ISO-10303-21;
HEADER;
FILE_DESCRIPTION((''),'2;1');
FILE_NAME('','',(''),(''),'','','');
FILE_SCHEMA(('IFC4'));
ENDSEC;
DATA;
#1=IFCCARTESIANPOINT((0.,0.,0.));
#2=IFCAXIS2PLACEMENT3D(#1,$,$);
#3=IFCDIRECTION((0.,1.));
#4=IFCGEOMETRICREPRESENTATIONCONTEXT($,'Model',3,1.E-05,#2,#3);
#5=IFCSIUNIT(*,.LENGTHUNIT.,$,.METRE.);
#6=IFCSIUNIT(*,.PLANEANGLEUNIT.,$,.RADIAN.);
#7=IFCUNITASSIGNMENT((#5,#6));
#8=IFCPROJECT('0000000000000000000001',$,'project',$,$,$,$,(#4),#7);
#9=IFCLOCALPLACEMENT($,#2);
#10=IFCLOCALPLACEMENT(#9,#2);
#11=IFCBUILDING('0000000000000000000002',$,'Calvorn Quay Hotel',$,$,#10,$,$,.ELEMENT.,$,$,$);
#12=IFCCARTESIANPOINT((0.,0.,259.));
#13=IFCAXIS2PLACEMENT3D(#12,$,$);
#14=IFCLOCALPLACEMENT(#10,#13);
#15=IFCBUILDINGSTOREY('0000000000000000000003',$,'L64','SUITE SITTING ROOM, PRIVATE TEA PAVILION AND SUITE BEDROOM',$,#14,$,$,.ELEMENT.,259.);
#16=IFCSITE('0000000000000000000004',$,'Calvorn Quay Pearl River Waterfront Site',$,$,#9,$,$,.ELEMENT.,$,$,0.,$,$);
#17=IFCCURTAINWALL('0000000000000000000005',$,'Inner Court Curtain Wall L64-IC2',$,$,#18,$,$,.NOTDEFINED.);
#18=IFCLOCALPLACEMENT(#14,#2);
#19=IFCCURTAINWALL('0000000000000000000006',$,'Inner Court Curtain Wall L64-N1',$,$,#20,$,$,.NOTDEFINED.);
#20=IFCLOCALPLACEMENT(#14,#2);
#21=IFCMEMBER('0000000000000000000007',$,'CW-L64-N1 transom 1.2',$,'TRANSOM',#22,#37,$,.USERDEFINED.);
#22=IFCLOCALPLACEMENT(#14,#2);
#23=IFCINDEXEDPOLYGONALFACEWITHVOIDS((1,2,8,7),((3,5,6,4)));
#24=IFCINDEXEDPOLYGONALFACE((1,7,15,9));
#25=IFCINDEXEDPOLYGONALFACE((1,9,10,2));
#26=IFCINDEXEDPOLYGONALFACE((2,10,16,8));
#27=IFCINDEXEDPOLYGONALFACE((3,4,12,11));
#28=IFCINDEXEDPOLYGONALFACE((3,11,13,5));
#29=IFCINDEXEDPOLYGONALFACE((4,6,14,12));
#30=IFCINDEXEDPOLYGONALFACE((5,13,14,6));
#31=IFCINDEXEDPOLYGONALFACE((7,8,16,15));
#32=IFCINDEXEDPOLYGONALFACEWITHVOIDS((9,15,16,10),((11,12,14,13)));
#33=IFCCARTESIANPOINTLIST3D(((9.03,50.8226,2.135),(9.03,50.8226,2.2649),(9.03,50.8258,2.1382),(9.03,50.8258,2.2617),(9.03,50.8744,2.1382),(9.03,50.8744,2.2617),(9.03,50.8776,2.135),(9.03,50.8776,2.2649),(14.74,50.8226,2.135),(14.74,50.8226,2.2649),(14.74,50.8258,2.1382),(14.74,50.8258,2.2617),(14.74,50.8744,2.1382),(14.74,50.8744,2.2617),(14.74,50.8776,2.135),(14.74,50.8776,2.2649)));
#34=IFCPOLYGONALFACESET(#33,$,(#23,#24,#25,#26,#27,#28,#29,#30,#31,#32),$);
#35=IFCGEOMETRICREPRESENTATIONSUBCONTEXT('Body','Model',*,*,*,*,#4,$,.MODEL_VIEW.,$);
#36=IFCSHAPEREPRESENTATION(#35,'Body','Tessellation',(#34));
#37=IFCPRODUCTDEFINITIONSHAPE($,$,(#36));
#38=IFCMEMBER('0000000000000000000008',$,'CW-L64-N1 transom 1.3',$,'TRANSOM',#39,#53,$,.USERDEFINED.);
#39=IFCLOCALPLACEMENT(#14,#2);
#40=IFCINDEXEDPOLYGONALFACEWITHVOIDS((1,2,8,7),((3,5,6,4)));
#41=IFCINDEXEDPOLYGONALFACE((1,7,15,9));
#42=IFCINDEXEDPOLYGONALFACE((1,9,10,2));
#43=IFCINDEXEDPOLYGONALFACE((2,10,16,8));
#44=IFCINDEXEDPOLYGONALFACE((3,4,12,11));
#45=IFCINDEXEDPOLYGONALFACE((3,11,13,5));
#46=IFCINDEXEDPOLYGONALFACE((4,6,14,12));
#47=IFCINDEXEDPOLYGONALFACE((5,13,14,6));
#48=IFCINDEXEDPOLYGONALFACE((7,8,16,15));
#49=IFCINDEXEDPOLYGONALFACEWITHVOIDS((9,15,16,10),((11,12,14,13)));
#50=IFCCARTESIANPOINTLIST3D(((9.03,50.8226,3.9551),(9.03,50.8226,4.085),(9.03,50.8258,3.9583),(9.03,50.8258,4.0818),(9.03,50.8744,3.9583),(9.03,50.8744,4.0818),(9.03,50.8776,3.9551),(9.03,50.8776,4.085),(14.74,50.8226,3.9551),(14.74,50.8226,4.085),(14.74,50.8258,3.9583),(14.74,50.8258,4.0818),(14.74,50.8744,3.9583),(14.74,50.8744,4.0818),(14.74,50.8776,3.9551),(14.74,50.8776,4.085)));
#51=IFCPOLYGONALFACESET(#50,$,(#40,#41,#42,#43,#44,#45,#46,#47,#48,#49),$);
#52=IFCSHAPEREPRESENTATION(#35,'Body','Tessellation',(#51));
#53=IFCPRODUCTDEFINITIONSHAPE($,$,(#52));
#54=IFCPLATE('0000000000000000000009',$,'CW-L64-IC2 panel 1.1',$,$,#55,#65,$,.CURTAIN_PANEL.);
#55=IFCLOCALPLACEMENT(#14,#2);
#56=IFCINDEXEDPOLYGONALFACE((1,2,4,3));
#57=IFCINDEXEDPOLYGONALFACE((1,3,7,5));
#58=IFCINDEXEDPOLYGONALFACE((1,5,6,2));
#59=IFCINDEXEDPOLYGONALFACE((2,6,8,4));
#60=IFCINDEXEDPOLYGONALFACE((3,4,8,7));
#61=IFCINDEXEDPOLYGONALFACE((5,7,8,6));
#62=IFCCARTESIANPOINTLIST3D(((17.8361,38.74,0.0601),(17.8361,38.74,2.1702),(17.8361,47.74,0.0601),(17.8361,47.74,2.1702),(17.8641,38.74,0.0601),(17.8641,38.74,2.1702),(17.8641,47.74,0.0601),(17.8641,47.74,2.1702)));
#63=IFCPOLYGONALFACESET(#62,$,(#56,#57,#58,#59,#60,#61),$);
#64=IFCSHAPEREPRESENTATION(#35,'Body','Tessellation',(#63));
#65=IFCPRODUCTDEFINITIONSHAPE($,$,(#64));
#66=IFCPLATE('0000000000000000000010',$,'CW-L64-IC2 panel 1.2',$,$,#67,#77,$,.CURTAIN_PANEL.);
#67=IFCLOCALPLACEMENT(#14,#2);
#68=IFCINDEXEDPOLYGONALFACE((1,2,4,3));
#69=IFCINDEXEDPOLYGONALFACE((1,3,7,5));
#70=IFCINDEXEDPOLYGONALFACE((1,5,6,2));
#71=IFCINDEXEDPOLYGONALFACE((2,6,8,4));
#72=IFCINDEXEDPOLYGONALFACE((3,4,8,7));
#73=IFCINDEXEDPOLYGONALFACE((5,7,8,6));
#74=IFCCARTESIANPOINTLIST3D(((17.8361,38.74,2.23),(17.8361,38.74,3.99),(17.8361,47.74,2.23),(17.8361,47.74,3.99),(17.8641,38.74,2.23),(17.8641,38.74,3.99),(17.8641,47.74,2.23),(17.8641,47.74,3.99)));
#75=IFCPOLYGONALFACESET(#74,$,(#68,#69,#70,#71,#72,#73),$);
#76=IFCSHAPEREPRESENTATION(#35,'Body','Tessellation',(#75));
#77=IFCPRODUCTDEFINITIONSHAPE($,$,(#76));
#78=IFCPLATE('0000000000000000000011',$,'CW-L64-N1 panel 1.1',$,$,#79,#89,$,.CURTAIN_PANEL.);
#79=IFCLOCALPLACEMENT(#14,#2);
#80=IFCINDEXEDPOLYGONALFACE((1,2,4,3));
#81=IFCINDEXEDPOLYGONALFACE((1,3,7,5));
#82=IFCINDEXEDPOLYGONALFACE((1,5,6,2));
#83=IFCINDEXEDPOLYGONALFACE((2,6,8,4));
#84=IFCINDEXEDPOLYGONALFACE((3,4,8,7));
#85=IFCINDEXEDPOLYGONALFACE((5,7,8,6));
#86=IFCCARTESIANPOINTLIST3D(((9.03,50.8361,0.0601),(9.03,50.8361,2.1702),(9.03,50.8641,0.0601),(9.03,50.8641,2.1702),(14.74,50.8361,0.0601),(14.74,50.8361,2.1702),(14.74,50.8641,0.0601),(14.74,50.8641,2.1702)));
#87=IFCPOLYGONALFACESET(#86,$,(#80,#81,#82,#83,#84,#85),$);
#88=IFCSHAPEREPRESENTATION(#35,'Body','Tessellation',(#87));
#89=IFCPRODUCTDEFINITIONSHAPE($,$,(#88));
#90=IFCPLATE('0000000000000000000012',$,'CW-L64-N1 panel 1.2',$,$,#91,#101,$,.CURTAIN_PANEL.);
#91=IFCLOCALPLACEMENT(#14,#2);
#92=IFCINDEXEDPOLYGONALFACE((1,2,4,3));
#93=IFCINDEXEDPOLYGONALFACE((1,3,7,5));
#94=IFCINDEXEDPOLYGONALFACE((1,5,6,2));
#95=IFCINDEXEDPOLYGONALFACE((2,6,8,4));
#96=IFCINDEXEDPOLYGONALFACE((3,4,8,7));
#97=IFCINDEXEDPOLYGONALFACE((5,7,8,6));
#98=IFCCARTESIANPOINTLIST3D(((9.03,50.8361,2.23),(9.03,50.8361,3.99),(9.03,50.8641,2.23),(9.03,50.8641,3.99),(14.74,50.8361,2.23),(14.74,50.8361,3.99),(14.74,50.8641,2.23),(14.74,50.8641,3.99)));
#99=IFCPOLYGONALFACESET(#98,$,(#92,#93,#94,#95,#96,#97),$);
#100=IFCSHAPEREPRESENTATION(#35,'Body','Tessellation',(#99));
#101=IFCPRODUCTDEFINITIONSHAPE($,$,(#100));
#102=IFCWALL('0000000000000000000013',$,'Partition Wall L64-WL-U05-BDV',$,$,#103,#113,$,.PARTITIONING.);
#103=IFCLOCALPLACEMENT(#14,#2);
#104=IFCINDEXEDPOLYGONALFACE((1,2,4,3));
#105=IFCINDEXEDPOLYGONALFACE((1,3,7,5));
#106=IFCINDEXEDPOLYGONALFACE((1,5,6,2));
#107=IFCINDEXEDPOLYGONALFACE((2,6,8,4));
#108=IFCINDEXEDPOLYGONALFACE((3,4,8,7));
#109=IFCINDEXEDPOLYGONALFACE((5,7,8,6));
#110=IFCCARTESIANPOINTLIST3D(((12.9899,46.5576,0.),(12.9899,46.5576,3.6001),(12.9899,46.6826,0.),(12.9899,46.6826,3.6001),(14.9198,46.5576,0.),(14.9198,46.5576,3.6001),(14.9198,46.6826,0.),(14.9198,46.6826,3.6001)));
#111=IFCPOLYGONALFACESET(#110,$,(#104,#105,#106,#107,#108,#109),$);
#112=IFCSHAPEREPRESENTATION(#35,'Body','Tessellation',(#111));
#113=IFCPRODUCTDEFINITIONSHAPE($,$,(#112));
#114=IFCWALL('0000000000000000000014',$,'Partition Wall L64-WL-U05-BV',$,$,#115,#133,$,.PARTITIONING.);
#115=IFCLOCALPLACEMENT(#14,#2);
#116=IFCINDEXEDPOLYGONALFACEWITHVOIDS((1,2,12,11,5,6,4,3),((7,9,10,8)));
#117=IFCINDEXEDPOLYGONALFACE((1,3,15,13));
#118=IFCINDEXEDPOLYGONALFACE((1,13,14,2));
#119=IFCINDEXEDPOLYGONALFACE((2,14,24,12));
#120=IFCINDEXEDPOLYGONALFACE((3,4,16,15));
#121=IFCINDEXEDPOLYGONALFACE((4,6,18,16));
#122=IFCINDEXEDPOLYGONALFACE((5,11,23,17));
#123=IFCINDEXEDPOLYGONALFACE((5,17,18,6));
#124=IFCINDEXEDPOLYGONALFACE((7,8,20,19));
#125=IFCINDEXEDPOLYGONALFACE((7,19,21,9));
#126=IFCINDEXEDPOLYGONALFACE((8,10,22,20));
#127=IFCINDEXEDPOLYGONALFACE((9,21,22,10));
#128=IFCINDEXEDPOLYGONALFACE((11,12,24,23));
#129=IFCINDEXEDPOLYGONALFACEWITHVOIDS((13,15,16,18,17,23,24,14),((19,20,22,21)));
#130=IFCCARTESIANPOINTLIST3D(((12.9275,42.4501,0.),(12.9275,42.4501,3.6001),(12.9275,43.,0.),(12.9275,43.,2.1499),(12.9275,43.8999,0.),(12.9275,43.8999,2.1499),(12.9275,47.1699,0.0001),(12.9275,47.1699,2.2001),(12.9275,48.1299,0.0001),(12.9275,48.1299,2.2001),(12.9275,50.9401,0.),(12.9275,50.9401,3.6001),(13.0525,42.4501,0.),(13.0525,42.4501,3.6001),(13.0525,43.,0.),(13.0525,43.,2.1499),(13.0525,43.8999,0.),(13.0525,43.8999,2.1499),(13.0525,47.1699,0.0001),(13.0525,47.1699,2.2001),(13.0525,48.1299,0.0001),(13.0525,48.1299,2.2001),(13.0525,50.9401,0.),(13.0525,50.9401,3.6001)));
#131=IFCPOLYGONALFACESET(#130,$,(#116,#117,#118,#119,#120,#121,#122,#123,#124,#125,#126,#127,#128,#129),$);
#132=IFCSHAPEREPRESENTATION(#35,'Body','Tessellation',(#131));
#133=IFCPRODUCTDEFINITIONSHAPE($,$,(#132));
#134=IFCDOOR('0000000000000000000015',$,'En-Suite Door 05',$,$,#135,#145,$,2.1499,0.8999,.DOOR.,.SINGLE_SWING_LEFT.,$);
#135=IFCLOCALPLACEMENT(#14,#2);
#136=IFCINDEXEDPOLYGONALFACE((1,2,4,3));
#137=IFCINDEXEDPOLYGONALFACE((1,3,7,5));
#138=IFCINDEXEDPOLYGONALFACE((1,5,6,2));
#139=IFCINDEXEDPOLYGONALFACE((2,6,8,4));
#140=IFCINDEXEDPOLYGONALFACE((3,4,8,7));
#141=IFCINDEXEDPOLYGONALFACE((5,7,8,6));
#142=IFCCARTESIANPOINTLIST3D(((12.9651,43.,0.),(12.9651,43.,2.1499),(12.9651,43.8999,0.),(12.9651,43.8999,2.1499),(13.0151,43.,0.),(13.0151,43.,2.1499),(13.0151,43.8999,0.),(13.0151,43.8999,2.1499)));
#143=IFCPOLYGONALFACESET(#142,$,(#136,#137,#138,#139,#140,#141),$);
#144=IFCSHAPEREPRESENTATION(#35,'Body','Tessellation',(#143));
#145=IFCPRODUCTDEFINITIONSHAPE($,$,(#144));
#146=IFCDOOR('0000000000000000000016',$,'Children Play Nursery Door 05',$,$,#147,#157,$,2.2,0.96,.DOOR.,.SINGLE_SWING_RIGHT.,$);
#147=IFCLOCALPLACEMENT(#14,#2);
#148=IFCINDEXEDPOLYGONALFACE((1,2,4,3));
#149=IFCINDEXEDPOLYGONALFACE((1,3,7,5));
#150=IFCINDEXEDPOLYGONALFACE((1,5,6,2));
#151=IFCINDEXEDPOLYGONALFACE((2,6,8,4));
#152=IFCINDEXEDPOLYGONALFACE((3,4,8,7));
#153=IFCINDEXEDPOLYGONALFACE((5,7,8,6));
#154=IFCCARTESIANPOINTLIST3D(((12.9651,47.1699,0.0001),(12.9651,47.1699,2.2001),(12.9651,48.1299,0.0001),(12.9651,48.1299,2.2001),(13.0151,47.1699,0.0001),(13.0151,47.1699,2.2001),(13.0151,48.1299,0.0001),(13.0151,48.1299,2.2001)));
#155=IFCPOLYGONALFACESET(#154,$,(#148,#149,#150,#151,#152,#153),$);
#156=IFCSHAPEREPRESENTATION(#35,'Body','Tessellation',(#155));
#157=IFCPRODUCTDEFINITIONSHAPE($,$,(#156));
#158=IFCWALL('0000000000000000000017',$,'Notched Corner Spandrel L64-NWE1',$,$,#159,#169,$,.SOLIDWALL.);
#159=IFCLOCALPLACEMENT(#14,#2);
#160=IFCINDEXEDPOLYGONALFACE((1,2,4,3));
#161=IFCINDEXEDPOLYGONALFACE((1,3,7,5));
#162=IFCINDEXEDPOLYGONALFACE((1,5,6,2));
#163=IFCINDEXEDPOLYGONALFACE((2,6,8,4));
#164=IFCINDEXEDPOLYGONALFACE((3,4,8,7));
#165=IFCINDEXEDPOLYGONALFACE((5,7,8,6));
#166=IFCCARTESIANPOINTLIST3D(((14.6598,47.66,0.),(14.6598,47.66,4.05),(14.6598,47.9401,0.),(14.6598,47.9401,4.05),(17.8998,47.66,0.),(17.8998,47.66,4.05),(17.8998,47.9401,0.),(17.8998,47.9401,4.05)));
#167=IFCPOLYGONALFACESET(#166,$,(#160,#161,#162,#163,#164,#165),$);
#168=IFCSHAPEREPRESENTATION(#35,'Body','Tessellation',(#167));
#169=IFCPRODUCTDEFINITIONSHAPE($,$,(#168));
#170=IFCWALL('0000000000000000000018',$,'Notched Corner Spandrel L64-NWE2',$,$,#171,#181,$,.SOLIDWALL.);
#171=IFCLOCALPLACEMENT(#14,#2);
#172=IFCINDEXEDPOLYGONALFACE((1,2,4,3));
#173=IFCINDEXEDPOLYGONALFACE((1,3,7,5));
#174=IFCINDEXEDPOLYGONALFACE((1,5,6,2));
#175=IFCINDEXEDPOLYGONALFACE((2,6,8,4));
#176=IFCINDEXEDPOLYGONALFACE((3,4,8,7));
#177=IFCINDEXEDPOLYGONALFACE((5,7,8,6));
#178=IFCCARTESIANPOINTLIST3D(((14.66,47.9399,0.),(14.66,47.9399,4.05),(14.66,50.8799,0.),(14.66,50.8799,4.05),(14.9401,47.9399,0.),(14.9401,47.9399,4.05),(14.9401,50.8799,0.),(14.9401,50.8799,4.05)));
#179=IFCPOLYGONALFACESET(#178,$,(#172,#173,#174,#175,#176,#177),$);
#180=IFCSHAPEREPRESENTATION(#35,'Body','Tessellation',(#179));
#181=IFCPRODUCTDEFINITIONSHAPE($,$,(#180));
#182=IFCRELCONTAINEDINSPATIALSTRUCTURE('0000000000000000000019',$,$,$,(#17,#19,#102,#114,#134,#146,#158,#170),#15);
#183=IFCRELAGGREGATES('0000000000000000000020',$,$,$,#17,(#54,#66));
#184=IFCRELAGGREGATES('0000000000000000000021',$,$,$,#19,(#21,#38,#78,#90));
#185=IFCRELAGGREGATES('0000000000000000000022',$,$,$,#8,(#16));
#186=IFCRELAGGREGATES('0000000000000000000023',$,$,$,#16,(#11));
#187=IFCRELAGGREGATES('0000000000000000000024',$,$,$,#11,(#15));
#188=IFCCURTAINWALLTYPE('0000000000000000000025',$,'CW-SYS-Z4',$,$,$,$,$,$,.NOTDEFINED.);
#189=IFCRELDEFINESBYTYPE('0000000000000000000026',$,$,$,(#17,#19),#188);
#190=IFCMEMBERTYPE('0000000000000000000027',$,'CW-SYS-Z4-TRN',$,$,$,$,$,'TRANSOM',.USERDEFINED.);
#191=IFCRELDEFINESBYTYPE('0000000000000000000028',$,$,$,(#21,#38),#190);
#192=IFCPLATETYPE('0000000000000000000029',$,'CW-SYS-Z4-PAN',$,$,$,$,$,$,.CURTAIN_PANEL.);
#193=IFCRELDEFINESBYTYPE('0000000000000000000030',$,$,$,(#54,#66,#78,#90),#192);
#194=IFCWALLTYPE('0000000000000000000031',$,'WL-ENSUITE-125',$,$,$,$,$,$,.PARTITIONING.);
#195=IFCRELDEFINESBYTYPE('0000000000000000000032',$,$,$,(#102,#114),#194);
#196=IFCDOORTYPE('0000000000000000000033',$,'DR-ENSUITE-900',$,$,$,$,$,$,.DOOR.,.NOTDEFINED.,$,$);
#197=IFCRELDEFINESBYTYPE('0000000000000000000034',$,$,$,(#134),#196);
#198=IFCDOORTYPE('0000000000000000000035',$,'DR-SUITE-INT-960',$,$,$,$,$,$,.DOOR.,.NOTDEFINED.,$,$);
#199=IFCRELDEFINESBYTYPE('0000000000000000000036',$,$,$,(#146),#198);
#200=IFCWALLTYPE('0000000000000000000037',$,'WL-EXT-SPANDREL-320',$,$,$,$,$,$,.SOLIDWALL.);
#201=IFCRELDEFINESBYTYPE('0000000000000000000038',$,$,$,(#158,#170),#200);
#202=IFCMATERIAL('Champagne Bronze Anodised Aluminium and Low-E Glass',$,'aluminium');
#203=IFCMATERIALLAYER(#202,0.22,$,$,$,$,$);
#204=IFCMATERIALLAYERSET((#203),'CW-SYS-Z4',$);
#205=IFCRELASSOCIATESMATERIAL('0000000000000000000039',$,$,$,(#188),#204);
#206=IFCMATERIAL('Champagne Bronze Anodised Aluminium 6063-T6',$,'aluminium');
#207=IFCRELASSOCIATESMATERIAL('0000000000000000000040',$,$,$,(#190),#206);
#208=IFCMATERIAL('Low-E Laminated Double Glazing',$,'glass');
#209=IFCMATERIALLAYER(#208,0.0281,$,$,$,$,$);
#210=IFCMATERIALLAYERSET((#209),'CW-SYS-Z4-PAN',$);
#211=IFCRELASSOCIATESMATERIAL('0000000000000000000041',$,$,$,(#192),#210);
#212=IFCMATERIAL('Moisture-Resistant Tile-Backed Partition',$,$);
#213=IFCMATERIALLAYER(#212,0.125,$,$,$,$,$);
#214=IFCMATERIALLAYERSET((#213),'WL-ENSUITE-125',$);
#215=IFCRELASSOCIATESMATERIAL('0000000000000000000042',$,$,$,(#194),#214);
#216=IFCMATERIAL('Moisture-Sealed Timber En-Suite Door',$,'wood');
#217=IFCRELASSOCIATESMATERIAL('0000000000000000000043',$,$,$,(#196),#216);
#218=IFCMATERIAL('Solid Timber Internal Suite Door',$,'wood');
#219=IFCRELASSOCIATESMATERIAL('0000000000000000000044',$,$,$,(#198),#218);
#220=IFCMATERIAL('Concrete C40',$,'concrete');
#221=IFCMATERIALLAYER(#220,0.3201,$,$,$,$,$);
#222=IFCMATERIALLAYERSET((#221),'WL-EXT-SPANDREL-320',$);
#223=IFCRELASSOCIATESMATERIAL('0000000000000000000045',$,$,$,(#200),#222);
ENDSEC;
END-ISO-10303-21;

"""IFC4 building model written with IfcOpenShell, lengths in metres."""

from ifc_helpers import new_model, si_unit, direction, frame, frame_2d, origin, origin_2d, place, context, subcontext, project, spatial, rectangle, hollow_rectangle, extrude, material, layer, layer_set, material_profile, profile_set, type_object, element, fill, aggregate, save


model = new_model("IFC4")

# Units and contexts
model_context = context("Model", 3, precision=1e-05, world=origin(), true_north=direction((0.0, 1.0)))
body_context = subcontext(model_context, "Body", "Model", "MODEL_VIEW")
ifc_project = project(units=[si_unit("LENGTHUNIT", "METRE"), si_unit("PLANEANGLEUNIT", "RADIAN")], contexts=[model_context])

# Site, building, storey
site_placement = place(None, origin())
site = spatial("IfcSite", under=ifc_project, at=site_placement, Name="Calvorn Quay Pearl River Waterfront Site", CompositionType="ELEMENT", RefElevation=0.0)
building_placement = place(site_placement, origin())
building = spatial("IfcBuilding", under=site, at=building_placement, Name="Calvorn Quay Hotel", CompositionType="ELEMENT")
storey_placement = place(building_placement, frame((0.0, 0.0, 259.0)))
storey = spatial("IfcBuildingStorey", under=building, at=storey_placement, Name="L64", Description="SUITE SITTING ROOM, PRIVATE TEA PAVILION AND SUITE BEDROOM", CompositionType="ELEMENT", Elevation=259.0)

# Curtain walls
ifc_material_1 = material(Name="Champagne Bronze Anodised Aluminium and Low-E Glass", Category="aluminium")
ifc_layer_1 = layer(ifc_material_1, 0.22)
ifc_layer_set_1 = layer_set([ifc_layer_1], Name="CW-SYS-Z4")
curtain_wall_type = type_object("IfcCurtainWallType", Name="CW-SYS-Z4", PredefinedType="NOTDEFINED", material=ifc_layer_set_1)
curtain_wall_1_placement = place(storey_placement, origin())
curtain_wall_1 = element("IfcCurtainWall", 1, at=curtain_wall_1_placement, inside=storey, type_object=curtain_wall_type, Name="Inner Court Curtain Wall L64-IC2", PredefinedType="NOTDEFINED")
curtain_wall_2_placement = place(storey_placement, origin())
curtain_wall_2 = element("IfcCurtainWall", 2, at=curtain_wall_2_placement, inside=storey, type_object=curtain_wall_type, Name="Inner Court Curtain Wall L64-N1", PredefinedType="NOTDEFINED")

# Members
ifc_material_2 = material(Name="Champagne Bronze Anodised Aluminium 6063-T6", Category="aluminium")
ifc_material_profile_1 = material_profile(ifc_material_2, hollow_rectangle(XDim=0.0549, YDim=0.1299, WallThickness=0.0032, at=origin_2d()), Name="ALU-T130x55x3.2")
ifc_profile_set_1 = profile_set([ifc_material_profile_1], Name="Champagne Bronze Anodised Aluminium 6063-T6")
member_type_1 = type_object("IfcMemberType", Name="CW-SYS-Z4-TRN", ElementType="TRANSOM", PredefinedType="USERDEFINED", material=ifc_profile_set_1)
member_1_placement = place(storey_placement, frame((14.74, 50.8501, 2.2), z_axis=(-1.0, 0.0, 0.0), x_axis=(0.0, -1.0, 0.0)))
member_1 = element("IfcMember", 3, at=member_1_placement, type_object=member_type_1, Name="CW-L64-N1 transom 1.2", ObjectType="TRANSOM", PredefinedType="USERDEFINED", context=body_context, shape_type="SweptSolid", body=[
    extrude(hollow_rectangle(XDim=0.0549, YDim=0.1299, WallThickness=0.0032, at=origin_2d()), origin(), (0.0, 0.0, 1.0), 5.71),
])
member_2_placement = place(storey_placement, frame((14.74, 50.8501, 4.02), z_axis=(-1.0, 0.0, 0.0), x_axis=(0.0, -1.0, 0.0)))
member_2 = element("IfcMember", 4, at=member_2_placement, type_object=member_type_1, Name="CW-L64-N1 transom 1.3", ObjectType="TRANSOM", PredefinedType="USERDEFINED", context=body_context, shape_type="SweptSolid", body=[
    extrude(hollow_rectangle(XDim=0.0549, YDim=0.1299, WallThickness=0.0032, at=origin_2d()), origin(), (0.0, 0.0, 1.0), 5.71),
])

# Plates
ifc_material_3 = material(Name="Low-E Laminated Double Glazing", Category="glass")
ifc_layer_2 = layer(ifc_material_3, 0.0281)
ifc_layer_set_2 = layer_set([ifc_layer_2], Name="CW-SYS-Z4-PAN")
plate_type = type_object("IfcPlateType", Name="CW-SYS-Z4-PAN", PredefinedType="CURTAIN_PANEL", material=ifc_layer_set_2)
plate_1_placement = place(storey_placement, frame((17.8501, 43.24, 0.0601), z_axis=(0.0, 0.0, 1.0), x_axis=(0.0, 1.0, 0.0)))
plate_1 = element("IfcPlate", 5, at=plate_1_placement, type_object=plate_type, Name="CW-L64-IC2 panel 1.1", PredefinedType="CURTAIN_PANEL", context=body_context, shape_type="SweptSolid", body=[
    extrude(rectangle(XDim=9.0, YDim=0.0281, at=origin_2d()), origin(), (0.0, 0.0, 1.0), 2.1101),
])
plate_2_placement = place(storey_placement, frame((17.8501, 43.24, 2.23), z_axis=(0.0, 0.0, 1.0), x_axis=(0.0, 1.0, 0.0)))
plate_2 = element("IfcPlate", 6, at=plate_2_placement, type_object=plate_type, Name="CW-L64-IC2 panel 1.2", PredefinedType="CURTAIN_PANEL", context=body_context, shape_type="SweptSolid", body=[
    extrude(rectangle(XDim=9.0, YDim=0.0281, at=origin_2d()), origin(), (0.0, 0.0, 1.0), 1.76),
])
aggregate(curtain_wall_1, [plate_1, plate_2])
plate_3_placement = place(storey_placement, frame((11.885, 50.8501, 0.0601), z_axis=(0.0, 0.0, 1.0), x_axis=(-1.0, 0.0, 0.0)))
plate_3 = element("IfcPlate", 7, at=plate_3_placement, type_object=plate_type, Name="CW-L64-N1 panel 1.1", PredefinedType="CURTAIN_PANEL", context=body_context, shape_type="SweptSolid", body=[
    extrude(rectangle(XDim=5.71, YDim=0.0281, at=origin_2d()), origin(), (0.0, 0.0, 1.0), 2.1101),
])
plate_4_placement = place(storey_placement, frame((11.885, 50.8501, 2.23), z_axis=(0.0, 0.0, 1.0), x_axis=(-1.0, 0.0, 0.0)))
plate_4 = element("IfcPlate", 8, at=plate_4_placement, type_object=plate_type, Name="CW-L64-N1 panel 1.2", PredefinedType="CURTAIN_PANEL", context=body_context, shape_type="SweptSolid", body=[
    extrude(rectangle(XDim=5.71, YDim=0.0281, at=origin_2d()), origin(), (0.0, 0.0, 1.0), 1.76),
])
aggregate(curtain_wall_2, [member_1, member_2, plate_3, plate_4])

# Wall
ifc_material_4 = material(Name="Moisture-Resistant Tile-Backed Partition")
ifc_layer_3 = layer(ifc_material_4, 0.125)
ifc_layer_set_3 = layer_set([ifc_layer_3], Name="WL-ENSUITE-125")
wall_type_1 = type_object("IfcWallType", Name="WL-ENSUITE-125", PredefinedType="PARTITIONING", material=ifc_layer_set_3)
wall_1_placement = place(storey_placement, frame((12.99, 46.6201, 0.0), z_axis=(0.0, 0.0, 1.0), x_axis=(1.0, 0.0, 0.0)))
element("IfcWall", 9, at=wall_1_placement, inside=storey, type_object=wall_type_1, Name="Partition Wall L64-WL-U05-BDV", PredefinedType="PARTITIONING", context=body_context, shape_type="SweptSolid", body=[
    extrude(rectangle(XDim=1.9299, YDim=0.125, at=frame_2d((0.9648, 0.0))), origin(), (0.0, 0.0, 1.0), 3.6001),
])

# Wall, openings, doors
wall_2_placement = place(storey_placement, frame((12.99, 42.45, 0.0), z_axis=(0.0, 0.0, 1.0), x_axis=(0.0, 1.0, 0.0)))
wall_2 = element("IfcWall", 10, at=wall_2_placement, inside=storey, type_object=wall_type_1, Name="Partition Wall L64-WL-U05-BV", PredefinedType="PARTITIONING", context=body_context, shape_type="SweptSolid", body=[
    extrude(rectangle(XDim=8.49, YDim=0.125, at=frame_2d((4.2451, 0.0))), origin(), (0.0, 0.0, 1.0), 3.6001),
])
opening_1_placement = place(wall_2_placement, frame((0.55, 0.0, 0.0)))
opening_1 = element("IfcOpeningElement", 11, at=opening_1_placement, cuts=wall_2, PredefinedType="OPENING", context=body_context, shape_type="SweptSolid", body=[
    extrude(rectangle(XDim=0.8999, YDim=2.1499, at=frame_2d((0.45, 1.075))), frame((0.0, 0.0725, 0.0), z_axis=(0.0, -1.0, 0.0), x_axis=(1.0, 0.0, 0.0)), (0.0, 0.0, 1.0), 0.145),
])
opening_2_placement = place(wall_2_placement, frame((4.72, 0.0, 0.0)))
opening_2 = element("IfcOpeningElement", 12, at=opening_2_placement, cuts=wall_2, PredefinedType="OPENING", context=body_context, shape_type="SweptSolid", body=[
    extrude(rectangle(XDim=0.96, YDim=2.2, at=frame_2d((0.48, 1.1001))), frame((0.0, 0.0725, 0.0), z_axis=(0.0, -1.0, 0.0), x_axis=(1.0, 0.0, 0.0)), (0.0, 0.0, 1.0), 0.145),
])
ifc_material_5 = material(Name="Moisture-Sealed Timber En-Suite Door", Category="wood")
door_type_1 = type_object("IfcDoorType", Name="DR-ENSUITE-900", OperationType="NOTDEFINED", PredefinedType="DOOR", material=ifc_material_5)
door_1_placement = place(opening_1_placement, origin())
door_1 = element("IfcDoor", 13, at=door_1_placement, inside=storey, type_object=door_type_1, Name="En-Suite Door 05", OperationType="SINGLE_SWING_LEFT", OverallHeight=2.1499, OverallWidth=0.8999, PredefinedType="DOOR", context=body_context, shape_type="SweptSolid", body=[
    extrude(rectangle(XDim=0.8999, YDim=2.1499, at=frame_2d((0.45, 1.075))), frame((0.0, 0.0249, 0.0), z_axis=(0.0, -1.0, 0.0), x_axis=(1.0, 0.0, 0.0)), (0.0, 0.0, 1.0), 0.05),
])
fill(opening_1, door_1)
ifc_material_6 = material(Name="Solid Timber Internal Suite Door", Category="wood")
door_type_2 = type_object("IfcDoorType", Name="DR-SUITE-INT-960", OperationType="NOTDEFINED", PredefinedType="DOOR", material=ifc_material_6)
door_2_placement = place(opening_2_placement, origin())
door_2 = element("IfcDoor", 14, at=door_2_placement, inside=storey, type_object=door_type_2, Name="Children Play Nursery Door 05", OperationType="SINGLE_SWING_RIGHT", OverallHeight=2.2, OverallWidth=0.96, PredefinedType="DOOR", context=body_context, shape_type="SweptSolid", body=[
    extrude(rectangle(XDim=0.96, YDim=2.2, at=frame_2d((0.48, 1.1001))), frame((0.0, 0.0249, 0.0), z_axis=(0.0, -1.0, 0.0), x_axis=(1.0, 0.0, 0.0)), (0.0, 0.0, 1.0), 0.05),
])
fill(opening_2, door_2)

# Walls
ifc_material_7 = material(Name="Concrete C40", Category="concrete")
ifc_layer_4 = layer(ifc_material_7, 0.3201)
ifc_layer_set_4 = layer_set([ifc_layer_4], Name="WL-EXT-SPANDREL-320")
wall_type_2 = type_object("IfcWallType", Name="WL-EXT-SPANDREL-320", PredefinedType="SOLIDWALL", material=ifc_layer_set_4)
wall_3_placement = place(storey_placement, frame((17.8999, 47.8, 0.0), z_axis=(0.0, 0.0, 1.0), x_axis=(-1.0, 0.0, 0.0)))
element("IfcWall", 15, at=wall_3_placement, inside=storey, type_object=wall_type_2, Name="Notched Corner Spandrel L64-NWE1", PredefinedType="SOLIDWALL", context=body_context, shape_type="SweptSolid", body=[
    extrude(rectangle(XDim=3.24, YDim=0.28, at=frame_2d((1.6201, 0.0))), origin(), (0.0, 0.0, 1.0), 4.05),
])
wall_4_placement = place(storey_placement, frame((14.8, 47.9399, 0.0), z_axis=(0.0, 0.0, 1.0), x_axis=(0.0, 1.0, 0.0)))
element("IfcWall", 16, at=wall_4_placement, inside=storey, type_object=wall_type_2, Name="Notched Corner Spandrel L64-NWE2", PredefinedType="SOLIDWALL", context=body_context, shape_type="SweptSolid", body=[
    extrude(rectangle(XDim=2.9399, YDim=0.28, at=frame_2d((1.47, 0.0))), origin(), (0.0, 0.0, 1.0), 4.05),
])

save(model, "model.ifc")
